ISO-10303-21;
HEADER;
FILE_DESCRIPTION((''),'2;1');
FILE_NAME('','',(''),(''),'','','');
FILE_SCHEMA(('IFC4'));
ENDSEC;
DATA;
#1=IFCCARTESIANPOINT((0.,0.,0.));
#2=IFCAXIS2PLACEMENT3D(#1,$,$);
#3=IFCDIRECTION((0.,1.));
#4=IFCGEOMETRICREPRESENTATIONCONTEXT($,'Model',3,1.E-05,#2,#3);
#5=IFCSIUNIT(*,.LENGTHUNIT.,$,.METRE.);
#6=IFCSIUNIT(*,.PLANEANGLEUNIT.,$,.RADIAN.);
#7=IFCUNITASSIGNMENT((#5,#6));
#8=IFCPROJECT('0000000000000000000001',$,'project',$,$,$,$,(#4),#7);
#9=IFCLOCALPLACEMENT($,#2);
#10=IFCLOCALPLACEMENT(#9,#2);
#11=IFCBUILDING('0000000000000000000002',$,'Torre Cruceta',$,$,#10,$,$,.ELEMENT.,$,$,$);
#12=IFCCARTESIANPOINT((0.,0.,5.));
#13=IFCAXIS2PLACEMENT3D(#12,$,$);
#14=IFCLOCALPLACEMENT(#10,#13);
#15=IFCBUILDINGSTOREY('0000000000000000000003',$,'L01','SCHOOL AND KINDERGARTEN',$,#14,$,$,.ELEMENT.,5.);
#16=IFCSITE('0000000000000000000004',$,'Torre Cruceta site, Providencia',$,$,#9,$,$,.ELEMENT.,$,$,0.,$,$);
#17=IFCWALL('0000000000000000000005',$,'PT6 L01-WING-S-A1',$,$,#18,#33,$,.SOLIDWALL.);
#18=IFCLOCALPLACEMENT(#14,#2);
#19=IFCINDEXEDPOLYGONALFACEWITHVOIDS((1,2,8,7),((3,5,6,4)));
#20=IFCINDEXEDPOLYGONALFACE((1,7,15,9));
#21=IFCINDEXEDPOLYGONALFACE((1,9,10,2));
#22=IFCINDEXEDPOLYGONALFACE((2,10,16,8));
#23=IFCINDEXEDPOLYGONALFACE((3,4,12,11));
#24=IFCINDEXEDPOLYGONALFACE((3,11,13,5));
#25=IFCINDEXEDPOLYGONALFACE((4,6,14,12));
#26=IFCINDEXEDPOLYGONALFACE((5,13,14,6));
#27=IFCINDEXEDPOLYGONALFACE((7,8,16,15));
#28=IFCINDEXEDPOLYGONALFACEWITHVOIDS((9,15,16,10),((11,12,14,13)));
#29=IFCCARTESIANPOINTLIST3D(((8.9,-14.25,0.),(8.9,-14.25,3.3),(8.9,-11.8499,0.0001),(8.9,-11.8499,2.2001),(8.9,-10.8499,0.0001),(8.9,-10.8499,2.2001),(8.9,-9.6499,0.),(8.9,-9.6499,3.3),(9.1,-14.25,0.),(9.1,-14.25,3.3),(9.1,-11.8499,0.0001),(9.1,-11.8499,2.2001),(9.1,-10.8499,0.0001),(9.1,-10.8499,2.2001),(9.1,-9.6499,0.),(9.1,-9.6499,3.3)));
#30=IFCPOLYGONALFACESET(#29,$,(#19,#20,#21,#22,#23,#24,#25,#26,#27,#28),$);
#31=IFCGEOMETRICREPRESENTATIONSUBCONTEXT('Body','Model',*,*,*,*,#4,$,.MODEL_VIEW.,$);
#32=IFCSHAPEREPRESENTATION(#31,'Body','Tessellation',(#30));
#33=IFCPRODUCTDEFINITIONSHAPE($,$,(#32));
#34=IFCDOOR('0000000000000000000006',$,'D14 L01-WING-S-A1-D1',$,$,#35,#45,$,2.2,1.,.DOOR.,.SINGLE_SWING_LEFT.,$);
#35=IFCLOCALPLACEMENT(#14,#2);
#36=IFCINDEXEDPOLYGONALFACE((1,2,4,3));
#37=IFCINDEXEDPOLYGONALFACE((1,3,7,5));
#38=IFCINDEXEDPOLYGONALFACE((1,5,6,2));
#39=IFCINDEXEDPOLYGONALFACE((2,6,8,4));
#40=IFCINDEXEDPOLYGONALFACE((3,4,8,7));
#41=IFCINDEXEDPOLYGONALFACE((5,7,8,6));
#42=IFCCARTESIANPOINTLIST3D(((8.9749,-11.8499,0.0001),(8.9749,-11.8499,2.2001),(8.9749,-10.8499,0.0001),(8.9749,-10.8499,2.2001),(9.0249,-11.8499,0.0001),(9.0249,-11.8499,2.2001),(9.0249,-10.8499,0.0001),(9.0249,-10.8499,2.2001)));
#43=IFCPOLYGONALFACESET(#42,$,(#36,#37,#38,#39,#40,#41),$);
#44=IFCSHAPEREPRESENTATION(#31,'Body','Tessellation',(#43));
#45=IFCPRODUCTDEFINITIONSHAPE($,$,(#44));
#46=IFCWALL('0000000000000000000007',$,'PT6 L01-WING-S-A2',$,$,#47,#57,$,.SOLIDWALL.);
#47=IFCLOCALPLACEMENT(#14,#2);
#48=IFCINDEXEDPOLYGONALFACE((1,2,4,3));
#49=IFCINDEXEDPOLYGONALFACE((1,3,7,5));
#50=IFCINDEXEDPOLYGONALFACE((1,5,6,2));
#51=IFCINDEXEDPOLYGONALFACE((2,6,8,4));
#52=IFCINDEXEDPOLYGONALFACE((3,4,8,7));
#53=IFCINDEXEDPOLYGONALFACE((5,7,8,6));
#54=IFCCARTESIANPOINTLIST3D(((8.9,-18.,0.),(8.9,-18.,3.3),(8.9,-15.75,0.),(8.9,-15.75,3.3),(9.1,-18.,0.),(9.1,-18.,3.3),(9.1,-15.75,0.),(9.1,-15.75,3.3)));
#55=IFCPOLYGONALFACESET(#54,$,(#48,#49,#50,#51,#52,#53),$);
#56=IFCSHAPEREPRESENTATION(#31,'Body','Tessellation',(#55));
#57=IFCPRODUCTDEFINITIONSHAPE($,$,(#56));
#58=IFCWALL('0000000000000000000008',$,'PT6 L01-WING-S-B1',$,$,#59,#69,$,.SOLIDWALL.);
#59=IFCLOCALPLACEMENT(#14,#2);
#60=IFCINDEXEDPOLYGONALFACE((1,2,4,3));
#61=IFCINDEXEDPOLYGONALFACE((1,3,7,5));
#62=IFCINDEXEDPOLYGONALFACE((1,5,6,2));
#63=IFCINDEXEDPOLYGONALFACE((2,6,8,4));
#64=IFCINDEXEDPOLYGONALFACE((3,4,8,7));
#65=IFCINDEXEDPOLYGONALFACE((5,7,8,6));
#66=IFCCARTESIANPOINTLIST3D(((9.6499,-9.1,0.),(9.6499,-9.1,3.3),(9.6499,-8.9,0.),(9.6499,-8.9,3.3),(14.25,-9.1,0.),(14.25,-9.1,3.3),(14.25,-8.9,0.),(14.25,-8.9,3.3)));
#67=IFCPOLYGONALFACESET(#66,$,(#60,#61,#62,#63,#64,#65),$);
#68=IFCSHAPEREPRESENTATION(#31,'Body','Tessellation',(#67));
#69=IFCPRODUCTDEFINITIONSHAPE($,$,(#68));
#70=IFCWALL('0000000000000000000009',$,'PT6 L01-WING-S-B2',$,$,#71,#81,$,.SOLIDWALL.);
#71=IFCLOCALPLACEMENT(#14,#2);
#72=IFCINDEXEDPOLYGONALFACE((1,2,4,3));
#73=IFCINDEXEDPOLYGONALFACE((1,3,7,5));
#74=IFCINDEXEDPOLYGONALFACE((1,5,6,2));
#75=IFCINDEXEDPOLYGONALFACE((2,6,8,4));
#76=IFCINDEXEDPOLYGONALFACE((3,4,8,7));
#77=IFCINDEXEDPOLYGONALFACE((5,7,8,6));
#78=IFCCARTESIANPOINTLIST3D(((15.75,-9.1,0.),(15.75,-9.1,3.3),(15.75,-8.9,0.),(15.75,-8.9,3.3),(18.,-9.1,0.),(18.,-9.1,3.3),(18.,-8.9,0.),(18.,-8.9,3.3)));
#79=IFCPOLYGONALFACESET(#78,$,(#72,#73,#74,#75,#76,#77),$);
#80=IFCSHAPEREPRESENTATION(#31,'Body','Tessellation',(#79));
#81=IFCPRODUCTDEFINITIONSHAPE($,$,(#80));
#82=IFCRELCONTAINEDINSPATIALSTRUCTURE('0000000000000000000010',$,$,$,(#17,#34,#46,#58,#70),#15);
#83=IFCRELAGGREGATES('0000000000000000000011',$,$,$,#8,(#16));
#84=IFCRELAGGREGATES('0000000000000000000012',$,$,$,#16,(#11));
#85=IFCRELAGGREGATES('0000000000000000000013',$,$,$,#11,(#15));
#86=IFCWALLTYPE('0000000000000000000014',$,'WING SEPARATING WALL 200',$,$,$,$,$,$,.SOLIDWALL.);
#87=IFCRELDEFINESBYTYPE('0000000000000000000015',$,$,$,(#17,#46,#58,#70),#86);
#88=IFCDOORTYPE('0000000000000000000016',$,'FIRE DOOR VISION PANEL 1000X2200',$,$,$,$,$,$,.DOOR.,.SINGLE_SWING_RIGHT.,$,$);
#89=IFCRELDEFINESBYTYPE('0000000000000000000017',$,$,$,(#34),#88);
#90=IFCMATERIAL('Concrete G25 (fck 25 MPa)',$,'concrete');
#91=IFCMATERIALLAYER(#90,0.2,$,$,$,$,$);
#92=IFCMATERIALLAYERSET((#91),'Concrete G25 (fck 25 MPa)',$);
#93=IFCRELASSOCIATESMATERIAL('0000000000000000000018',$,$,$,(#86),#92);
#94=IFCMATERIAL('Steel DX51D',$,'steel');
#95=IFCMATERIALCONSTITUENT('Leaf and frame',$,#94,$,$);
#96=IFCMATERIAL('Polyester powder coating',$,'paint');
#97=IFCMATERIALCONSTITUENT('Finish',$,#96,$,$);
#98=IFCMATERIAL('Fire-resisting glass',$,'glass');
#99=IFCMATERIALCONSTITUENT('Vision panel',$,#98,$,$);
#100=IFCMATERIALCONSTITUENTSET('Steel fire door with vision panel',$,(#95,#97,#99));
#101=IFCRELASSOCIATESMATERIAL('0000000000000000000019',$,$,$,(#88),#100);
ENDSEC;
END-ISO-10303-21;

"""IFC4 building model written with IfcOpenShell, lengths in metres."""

from ifc_helpers import new_model, si_unit, direction, frame, frame_2d, origin, place, context, subcontext, project, spatial, rectangle, extrude, material, layer, layer_set, constituent, constituent_set, type_object, element, fill, save


model = new_model("IFC4")

# Units and contexts
model_context = context("Model", 3, precision=1e-05, world=origin(), true_north=direction((0.0, 1.0)))
body_context = subcontext(model_context, "Body", "Model", "MODEL_VIEW")
ifc_project = project(units=[si_unit("LENGTHUNIT", "METRE"), si_unit("PLANEANGLEUNIT", "RADIAN")], contexts=[model_context])

# Site, building, storey
site_placement = place(None, origin())
site = spatial("IfcSite", under=ifc_project, at=site_placement, Name="Torre Cruceta site, Providencia", CompositionType="ELEMENT", RefElevation=0.0)
building_placement = place(site_placement, origin())
building = spatial("IfcBuilding", under=site, at=building_placement, Name="Torre Cruceta", CompositionType="ELEMENT")
storey_placement = place(building_placement, frame((0.0, 0.0, 5.0)))
storey = spatial("IfcBuildingStorey", under=building, at=storey_placement, Name="L01", Description="SCHOOL AND KINDERGARTEN", CompositionType="ELEMENT", Elevation=5.0)

# Wall, opening, door
ifc_material_1 = material(Name="Concrete G25 (fck 25 MPa)", Category="concrete")
ifc_layer_1 = layer(ifc_material_1, 0.2)
ifc_layer_set_1 = layer_set([ifc_layer_1], Name="Concrete G25 (fck 25 MPa)")
wall_type_1 = type_object("IfcWallType", Name="WING SEPARATING WALL 200", PredefinedType="SOLIDWALL", material=ifc_layer_set_1)
wall_1_placement = place(storey_placement, frame((9.0, -9.6499, 0.0), z_axis=(0.0, 0.0, 1.0), x_axis=(0.0, -1.0, 0.0)))
wall_1 = element("IfcWall", 1, at=wall_1_placement, inside=storey, type_object=wall_type_1, Name="PT6 L01-WING-S-A1", PredefinedType="SOLIDWALL", context=body_context, shape_type="SweptSolid", body=[
    extrude(rectangle(XDim=4.6001, YDim=0.2, at=frame_2d((2.3, 0.0))), origin(), (0.0, 0.0, 1.0), 3.3),
])
opening_1_placement = place(wall_1_placement, frame((1.2, 0.0, 0.0)))
opening_1 = element("IfcOpeningElement", 2, at=opening_1_placement, cuts=wall_1, PredefinedType="OPENING", context=body_context, shape_type="SweptSolid", body=[
    extrude(rectangle(XDim=1.0, YDim=2.2, at=frame_2d((0.5, 1.1001))), frame((0.0, 0.1099, 0.0), z_axis=(0.0, -1.0, 0.0), x_axis=(1.0, 0.0, 0.0)), (0.0, 0.0, 1.0), 0.22),
])
ifc_material_2 = material(Name="Steel DX51D", Category="steel")
ifc_constituent_1 = constituent(ifc_material_2, Name="Leaf and frame")
ifc_material_3 = material(Name="Polyester powder coating", Category="paint")
ifc_constituent_2 = constituent(ifc_material_3, Name="Finish")
ifc_material_4 = material(Name="Fire-resisting glass", Category="glass")
ifc_constituent_3 = constituent(ifc_material_4, Name="Vision panel")
ifc_constituent_set_1 = constituent_set(constituents=[ifc_constituent_1, ifc_constituent_2, ifc_constituent_3], Name="Steel fire door with vision panel")
door_type_1 = type_object("IfcDoorType", Name="FIRE DOOR VISION PANEL 1000X2200", OperationType="SINGLE_SWING_RIGHT", PredefinedType="DOOR", material=ifc_constituent_set_1)
door_1_placement = place(opening_1_placement, origin())
door_1 = element("IfcDoor", 3, at=door_1_placement, inside=storey, type_object=door_type_1, Name="D14 L01-WING-S-A1-D1", OperationType="SINGLE_SWING_LEFT", OverallHeight=2.2, OverallWidth=1.0, PredefinedType="DOOR", context=body_context, shape_type="SweptSolid", body=[
    extrude(rectangle(XDim=1.0, YDim=2.2, at=frame_2d((0.5, 1.1001))), frame((0.0, 0.0249, 0.0), z_axis=(0.0, -1.0, 0.0), x_axis=(1.0, 0.0, 0.0)), (0.0, 0.0, 1.0), 0.05),
])
fill(opening_1, door_1)

# Walls
wall_2_placement = place(storey_placement, frame((9.0, -15.75, 0.0), z_axis=(0.0, 0.0, 1.0), x_axis=(0.0, -1.0, 0.0)))
element("IfcWall", 4, at=wall_2_placement, inside=storey, type_object=wall_type_1, Name="PT6 L01-WING-S-A2", PredefinedType="SOLIDWALL", context=body_context, shape_type="SweptSolid", body=[
    extrude(rectangle(XDim=2.25, YDim=0.2, at=frame_2d((1.125, 0.0))), origin(), (0.0, 0.0, 1.0), 3.3),
])
wall_3_placement = place(storey_placement, frame((14.25, -9.0, 0.0), z_axis=(0.0, 0.0, 1.0), x_axis=(-1.0, 0.0, 0.0)))
element("IfcWall", 5, at=wall_3_placement, inside=storey, type_object=wall_type_1, Name="PT6 L01-WING-S-B1", PredefinedType="SOLIDWALL", context=body_context, shape_type="SweptSolid", body=[
    extrude(rectangle(XDim=4.6001, YDim=0.2, at=frame_2d((2.3, 0.0))), origin(), (0.0, 0.0, 1.0), 3.3),
])
wall_4_placement = place(storey_placement, frame((18.0, -9.0, 0.0), z_axis=(0.0, 0.0, 1.0), x_axis=(-1.0, 0.0, 0.0)))
element("IfcWall", 6, at=wall_4_placement, inside=storey, type_object=wall_type_1, Name="PT6 L01-WING-S-B2", PredefinedType="SOLIDWALL", context=body_context, shape_type="SweptSolid", body=[
    extrude(rectangle(XDim=2.25, YDim=0.2, at=frame_2d((1.125, 0.0))), origin(), (0.0, 0.0, 1.0), 3.3),
])

save(model, "model.ifc")
